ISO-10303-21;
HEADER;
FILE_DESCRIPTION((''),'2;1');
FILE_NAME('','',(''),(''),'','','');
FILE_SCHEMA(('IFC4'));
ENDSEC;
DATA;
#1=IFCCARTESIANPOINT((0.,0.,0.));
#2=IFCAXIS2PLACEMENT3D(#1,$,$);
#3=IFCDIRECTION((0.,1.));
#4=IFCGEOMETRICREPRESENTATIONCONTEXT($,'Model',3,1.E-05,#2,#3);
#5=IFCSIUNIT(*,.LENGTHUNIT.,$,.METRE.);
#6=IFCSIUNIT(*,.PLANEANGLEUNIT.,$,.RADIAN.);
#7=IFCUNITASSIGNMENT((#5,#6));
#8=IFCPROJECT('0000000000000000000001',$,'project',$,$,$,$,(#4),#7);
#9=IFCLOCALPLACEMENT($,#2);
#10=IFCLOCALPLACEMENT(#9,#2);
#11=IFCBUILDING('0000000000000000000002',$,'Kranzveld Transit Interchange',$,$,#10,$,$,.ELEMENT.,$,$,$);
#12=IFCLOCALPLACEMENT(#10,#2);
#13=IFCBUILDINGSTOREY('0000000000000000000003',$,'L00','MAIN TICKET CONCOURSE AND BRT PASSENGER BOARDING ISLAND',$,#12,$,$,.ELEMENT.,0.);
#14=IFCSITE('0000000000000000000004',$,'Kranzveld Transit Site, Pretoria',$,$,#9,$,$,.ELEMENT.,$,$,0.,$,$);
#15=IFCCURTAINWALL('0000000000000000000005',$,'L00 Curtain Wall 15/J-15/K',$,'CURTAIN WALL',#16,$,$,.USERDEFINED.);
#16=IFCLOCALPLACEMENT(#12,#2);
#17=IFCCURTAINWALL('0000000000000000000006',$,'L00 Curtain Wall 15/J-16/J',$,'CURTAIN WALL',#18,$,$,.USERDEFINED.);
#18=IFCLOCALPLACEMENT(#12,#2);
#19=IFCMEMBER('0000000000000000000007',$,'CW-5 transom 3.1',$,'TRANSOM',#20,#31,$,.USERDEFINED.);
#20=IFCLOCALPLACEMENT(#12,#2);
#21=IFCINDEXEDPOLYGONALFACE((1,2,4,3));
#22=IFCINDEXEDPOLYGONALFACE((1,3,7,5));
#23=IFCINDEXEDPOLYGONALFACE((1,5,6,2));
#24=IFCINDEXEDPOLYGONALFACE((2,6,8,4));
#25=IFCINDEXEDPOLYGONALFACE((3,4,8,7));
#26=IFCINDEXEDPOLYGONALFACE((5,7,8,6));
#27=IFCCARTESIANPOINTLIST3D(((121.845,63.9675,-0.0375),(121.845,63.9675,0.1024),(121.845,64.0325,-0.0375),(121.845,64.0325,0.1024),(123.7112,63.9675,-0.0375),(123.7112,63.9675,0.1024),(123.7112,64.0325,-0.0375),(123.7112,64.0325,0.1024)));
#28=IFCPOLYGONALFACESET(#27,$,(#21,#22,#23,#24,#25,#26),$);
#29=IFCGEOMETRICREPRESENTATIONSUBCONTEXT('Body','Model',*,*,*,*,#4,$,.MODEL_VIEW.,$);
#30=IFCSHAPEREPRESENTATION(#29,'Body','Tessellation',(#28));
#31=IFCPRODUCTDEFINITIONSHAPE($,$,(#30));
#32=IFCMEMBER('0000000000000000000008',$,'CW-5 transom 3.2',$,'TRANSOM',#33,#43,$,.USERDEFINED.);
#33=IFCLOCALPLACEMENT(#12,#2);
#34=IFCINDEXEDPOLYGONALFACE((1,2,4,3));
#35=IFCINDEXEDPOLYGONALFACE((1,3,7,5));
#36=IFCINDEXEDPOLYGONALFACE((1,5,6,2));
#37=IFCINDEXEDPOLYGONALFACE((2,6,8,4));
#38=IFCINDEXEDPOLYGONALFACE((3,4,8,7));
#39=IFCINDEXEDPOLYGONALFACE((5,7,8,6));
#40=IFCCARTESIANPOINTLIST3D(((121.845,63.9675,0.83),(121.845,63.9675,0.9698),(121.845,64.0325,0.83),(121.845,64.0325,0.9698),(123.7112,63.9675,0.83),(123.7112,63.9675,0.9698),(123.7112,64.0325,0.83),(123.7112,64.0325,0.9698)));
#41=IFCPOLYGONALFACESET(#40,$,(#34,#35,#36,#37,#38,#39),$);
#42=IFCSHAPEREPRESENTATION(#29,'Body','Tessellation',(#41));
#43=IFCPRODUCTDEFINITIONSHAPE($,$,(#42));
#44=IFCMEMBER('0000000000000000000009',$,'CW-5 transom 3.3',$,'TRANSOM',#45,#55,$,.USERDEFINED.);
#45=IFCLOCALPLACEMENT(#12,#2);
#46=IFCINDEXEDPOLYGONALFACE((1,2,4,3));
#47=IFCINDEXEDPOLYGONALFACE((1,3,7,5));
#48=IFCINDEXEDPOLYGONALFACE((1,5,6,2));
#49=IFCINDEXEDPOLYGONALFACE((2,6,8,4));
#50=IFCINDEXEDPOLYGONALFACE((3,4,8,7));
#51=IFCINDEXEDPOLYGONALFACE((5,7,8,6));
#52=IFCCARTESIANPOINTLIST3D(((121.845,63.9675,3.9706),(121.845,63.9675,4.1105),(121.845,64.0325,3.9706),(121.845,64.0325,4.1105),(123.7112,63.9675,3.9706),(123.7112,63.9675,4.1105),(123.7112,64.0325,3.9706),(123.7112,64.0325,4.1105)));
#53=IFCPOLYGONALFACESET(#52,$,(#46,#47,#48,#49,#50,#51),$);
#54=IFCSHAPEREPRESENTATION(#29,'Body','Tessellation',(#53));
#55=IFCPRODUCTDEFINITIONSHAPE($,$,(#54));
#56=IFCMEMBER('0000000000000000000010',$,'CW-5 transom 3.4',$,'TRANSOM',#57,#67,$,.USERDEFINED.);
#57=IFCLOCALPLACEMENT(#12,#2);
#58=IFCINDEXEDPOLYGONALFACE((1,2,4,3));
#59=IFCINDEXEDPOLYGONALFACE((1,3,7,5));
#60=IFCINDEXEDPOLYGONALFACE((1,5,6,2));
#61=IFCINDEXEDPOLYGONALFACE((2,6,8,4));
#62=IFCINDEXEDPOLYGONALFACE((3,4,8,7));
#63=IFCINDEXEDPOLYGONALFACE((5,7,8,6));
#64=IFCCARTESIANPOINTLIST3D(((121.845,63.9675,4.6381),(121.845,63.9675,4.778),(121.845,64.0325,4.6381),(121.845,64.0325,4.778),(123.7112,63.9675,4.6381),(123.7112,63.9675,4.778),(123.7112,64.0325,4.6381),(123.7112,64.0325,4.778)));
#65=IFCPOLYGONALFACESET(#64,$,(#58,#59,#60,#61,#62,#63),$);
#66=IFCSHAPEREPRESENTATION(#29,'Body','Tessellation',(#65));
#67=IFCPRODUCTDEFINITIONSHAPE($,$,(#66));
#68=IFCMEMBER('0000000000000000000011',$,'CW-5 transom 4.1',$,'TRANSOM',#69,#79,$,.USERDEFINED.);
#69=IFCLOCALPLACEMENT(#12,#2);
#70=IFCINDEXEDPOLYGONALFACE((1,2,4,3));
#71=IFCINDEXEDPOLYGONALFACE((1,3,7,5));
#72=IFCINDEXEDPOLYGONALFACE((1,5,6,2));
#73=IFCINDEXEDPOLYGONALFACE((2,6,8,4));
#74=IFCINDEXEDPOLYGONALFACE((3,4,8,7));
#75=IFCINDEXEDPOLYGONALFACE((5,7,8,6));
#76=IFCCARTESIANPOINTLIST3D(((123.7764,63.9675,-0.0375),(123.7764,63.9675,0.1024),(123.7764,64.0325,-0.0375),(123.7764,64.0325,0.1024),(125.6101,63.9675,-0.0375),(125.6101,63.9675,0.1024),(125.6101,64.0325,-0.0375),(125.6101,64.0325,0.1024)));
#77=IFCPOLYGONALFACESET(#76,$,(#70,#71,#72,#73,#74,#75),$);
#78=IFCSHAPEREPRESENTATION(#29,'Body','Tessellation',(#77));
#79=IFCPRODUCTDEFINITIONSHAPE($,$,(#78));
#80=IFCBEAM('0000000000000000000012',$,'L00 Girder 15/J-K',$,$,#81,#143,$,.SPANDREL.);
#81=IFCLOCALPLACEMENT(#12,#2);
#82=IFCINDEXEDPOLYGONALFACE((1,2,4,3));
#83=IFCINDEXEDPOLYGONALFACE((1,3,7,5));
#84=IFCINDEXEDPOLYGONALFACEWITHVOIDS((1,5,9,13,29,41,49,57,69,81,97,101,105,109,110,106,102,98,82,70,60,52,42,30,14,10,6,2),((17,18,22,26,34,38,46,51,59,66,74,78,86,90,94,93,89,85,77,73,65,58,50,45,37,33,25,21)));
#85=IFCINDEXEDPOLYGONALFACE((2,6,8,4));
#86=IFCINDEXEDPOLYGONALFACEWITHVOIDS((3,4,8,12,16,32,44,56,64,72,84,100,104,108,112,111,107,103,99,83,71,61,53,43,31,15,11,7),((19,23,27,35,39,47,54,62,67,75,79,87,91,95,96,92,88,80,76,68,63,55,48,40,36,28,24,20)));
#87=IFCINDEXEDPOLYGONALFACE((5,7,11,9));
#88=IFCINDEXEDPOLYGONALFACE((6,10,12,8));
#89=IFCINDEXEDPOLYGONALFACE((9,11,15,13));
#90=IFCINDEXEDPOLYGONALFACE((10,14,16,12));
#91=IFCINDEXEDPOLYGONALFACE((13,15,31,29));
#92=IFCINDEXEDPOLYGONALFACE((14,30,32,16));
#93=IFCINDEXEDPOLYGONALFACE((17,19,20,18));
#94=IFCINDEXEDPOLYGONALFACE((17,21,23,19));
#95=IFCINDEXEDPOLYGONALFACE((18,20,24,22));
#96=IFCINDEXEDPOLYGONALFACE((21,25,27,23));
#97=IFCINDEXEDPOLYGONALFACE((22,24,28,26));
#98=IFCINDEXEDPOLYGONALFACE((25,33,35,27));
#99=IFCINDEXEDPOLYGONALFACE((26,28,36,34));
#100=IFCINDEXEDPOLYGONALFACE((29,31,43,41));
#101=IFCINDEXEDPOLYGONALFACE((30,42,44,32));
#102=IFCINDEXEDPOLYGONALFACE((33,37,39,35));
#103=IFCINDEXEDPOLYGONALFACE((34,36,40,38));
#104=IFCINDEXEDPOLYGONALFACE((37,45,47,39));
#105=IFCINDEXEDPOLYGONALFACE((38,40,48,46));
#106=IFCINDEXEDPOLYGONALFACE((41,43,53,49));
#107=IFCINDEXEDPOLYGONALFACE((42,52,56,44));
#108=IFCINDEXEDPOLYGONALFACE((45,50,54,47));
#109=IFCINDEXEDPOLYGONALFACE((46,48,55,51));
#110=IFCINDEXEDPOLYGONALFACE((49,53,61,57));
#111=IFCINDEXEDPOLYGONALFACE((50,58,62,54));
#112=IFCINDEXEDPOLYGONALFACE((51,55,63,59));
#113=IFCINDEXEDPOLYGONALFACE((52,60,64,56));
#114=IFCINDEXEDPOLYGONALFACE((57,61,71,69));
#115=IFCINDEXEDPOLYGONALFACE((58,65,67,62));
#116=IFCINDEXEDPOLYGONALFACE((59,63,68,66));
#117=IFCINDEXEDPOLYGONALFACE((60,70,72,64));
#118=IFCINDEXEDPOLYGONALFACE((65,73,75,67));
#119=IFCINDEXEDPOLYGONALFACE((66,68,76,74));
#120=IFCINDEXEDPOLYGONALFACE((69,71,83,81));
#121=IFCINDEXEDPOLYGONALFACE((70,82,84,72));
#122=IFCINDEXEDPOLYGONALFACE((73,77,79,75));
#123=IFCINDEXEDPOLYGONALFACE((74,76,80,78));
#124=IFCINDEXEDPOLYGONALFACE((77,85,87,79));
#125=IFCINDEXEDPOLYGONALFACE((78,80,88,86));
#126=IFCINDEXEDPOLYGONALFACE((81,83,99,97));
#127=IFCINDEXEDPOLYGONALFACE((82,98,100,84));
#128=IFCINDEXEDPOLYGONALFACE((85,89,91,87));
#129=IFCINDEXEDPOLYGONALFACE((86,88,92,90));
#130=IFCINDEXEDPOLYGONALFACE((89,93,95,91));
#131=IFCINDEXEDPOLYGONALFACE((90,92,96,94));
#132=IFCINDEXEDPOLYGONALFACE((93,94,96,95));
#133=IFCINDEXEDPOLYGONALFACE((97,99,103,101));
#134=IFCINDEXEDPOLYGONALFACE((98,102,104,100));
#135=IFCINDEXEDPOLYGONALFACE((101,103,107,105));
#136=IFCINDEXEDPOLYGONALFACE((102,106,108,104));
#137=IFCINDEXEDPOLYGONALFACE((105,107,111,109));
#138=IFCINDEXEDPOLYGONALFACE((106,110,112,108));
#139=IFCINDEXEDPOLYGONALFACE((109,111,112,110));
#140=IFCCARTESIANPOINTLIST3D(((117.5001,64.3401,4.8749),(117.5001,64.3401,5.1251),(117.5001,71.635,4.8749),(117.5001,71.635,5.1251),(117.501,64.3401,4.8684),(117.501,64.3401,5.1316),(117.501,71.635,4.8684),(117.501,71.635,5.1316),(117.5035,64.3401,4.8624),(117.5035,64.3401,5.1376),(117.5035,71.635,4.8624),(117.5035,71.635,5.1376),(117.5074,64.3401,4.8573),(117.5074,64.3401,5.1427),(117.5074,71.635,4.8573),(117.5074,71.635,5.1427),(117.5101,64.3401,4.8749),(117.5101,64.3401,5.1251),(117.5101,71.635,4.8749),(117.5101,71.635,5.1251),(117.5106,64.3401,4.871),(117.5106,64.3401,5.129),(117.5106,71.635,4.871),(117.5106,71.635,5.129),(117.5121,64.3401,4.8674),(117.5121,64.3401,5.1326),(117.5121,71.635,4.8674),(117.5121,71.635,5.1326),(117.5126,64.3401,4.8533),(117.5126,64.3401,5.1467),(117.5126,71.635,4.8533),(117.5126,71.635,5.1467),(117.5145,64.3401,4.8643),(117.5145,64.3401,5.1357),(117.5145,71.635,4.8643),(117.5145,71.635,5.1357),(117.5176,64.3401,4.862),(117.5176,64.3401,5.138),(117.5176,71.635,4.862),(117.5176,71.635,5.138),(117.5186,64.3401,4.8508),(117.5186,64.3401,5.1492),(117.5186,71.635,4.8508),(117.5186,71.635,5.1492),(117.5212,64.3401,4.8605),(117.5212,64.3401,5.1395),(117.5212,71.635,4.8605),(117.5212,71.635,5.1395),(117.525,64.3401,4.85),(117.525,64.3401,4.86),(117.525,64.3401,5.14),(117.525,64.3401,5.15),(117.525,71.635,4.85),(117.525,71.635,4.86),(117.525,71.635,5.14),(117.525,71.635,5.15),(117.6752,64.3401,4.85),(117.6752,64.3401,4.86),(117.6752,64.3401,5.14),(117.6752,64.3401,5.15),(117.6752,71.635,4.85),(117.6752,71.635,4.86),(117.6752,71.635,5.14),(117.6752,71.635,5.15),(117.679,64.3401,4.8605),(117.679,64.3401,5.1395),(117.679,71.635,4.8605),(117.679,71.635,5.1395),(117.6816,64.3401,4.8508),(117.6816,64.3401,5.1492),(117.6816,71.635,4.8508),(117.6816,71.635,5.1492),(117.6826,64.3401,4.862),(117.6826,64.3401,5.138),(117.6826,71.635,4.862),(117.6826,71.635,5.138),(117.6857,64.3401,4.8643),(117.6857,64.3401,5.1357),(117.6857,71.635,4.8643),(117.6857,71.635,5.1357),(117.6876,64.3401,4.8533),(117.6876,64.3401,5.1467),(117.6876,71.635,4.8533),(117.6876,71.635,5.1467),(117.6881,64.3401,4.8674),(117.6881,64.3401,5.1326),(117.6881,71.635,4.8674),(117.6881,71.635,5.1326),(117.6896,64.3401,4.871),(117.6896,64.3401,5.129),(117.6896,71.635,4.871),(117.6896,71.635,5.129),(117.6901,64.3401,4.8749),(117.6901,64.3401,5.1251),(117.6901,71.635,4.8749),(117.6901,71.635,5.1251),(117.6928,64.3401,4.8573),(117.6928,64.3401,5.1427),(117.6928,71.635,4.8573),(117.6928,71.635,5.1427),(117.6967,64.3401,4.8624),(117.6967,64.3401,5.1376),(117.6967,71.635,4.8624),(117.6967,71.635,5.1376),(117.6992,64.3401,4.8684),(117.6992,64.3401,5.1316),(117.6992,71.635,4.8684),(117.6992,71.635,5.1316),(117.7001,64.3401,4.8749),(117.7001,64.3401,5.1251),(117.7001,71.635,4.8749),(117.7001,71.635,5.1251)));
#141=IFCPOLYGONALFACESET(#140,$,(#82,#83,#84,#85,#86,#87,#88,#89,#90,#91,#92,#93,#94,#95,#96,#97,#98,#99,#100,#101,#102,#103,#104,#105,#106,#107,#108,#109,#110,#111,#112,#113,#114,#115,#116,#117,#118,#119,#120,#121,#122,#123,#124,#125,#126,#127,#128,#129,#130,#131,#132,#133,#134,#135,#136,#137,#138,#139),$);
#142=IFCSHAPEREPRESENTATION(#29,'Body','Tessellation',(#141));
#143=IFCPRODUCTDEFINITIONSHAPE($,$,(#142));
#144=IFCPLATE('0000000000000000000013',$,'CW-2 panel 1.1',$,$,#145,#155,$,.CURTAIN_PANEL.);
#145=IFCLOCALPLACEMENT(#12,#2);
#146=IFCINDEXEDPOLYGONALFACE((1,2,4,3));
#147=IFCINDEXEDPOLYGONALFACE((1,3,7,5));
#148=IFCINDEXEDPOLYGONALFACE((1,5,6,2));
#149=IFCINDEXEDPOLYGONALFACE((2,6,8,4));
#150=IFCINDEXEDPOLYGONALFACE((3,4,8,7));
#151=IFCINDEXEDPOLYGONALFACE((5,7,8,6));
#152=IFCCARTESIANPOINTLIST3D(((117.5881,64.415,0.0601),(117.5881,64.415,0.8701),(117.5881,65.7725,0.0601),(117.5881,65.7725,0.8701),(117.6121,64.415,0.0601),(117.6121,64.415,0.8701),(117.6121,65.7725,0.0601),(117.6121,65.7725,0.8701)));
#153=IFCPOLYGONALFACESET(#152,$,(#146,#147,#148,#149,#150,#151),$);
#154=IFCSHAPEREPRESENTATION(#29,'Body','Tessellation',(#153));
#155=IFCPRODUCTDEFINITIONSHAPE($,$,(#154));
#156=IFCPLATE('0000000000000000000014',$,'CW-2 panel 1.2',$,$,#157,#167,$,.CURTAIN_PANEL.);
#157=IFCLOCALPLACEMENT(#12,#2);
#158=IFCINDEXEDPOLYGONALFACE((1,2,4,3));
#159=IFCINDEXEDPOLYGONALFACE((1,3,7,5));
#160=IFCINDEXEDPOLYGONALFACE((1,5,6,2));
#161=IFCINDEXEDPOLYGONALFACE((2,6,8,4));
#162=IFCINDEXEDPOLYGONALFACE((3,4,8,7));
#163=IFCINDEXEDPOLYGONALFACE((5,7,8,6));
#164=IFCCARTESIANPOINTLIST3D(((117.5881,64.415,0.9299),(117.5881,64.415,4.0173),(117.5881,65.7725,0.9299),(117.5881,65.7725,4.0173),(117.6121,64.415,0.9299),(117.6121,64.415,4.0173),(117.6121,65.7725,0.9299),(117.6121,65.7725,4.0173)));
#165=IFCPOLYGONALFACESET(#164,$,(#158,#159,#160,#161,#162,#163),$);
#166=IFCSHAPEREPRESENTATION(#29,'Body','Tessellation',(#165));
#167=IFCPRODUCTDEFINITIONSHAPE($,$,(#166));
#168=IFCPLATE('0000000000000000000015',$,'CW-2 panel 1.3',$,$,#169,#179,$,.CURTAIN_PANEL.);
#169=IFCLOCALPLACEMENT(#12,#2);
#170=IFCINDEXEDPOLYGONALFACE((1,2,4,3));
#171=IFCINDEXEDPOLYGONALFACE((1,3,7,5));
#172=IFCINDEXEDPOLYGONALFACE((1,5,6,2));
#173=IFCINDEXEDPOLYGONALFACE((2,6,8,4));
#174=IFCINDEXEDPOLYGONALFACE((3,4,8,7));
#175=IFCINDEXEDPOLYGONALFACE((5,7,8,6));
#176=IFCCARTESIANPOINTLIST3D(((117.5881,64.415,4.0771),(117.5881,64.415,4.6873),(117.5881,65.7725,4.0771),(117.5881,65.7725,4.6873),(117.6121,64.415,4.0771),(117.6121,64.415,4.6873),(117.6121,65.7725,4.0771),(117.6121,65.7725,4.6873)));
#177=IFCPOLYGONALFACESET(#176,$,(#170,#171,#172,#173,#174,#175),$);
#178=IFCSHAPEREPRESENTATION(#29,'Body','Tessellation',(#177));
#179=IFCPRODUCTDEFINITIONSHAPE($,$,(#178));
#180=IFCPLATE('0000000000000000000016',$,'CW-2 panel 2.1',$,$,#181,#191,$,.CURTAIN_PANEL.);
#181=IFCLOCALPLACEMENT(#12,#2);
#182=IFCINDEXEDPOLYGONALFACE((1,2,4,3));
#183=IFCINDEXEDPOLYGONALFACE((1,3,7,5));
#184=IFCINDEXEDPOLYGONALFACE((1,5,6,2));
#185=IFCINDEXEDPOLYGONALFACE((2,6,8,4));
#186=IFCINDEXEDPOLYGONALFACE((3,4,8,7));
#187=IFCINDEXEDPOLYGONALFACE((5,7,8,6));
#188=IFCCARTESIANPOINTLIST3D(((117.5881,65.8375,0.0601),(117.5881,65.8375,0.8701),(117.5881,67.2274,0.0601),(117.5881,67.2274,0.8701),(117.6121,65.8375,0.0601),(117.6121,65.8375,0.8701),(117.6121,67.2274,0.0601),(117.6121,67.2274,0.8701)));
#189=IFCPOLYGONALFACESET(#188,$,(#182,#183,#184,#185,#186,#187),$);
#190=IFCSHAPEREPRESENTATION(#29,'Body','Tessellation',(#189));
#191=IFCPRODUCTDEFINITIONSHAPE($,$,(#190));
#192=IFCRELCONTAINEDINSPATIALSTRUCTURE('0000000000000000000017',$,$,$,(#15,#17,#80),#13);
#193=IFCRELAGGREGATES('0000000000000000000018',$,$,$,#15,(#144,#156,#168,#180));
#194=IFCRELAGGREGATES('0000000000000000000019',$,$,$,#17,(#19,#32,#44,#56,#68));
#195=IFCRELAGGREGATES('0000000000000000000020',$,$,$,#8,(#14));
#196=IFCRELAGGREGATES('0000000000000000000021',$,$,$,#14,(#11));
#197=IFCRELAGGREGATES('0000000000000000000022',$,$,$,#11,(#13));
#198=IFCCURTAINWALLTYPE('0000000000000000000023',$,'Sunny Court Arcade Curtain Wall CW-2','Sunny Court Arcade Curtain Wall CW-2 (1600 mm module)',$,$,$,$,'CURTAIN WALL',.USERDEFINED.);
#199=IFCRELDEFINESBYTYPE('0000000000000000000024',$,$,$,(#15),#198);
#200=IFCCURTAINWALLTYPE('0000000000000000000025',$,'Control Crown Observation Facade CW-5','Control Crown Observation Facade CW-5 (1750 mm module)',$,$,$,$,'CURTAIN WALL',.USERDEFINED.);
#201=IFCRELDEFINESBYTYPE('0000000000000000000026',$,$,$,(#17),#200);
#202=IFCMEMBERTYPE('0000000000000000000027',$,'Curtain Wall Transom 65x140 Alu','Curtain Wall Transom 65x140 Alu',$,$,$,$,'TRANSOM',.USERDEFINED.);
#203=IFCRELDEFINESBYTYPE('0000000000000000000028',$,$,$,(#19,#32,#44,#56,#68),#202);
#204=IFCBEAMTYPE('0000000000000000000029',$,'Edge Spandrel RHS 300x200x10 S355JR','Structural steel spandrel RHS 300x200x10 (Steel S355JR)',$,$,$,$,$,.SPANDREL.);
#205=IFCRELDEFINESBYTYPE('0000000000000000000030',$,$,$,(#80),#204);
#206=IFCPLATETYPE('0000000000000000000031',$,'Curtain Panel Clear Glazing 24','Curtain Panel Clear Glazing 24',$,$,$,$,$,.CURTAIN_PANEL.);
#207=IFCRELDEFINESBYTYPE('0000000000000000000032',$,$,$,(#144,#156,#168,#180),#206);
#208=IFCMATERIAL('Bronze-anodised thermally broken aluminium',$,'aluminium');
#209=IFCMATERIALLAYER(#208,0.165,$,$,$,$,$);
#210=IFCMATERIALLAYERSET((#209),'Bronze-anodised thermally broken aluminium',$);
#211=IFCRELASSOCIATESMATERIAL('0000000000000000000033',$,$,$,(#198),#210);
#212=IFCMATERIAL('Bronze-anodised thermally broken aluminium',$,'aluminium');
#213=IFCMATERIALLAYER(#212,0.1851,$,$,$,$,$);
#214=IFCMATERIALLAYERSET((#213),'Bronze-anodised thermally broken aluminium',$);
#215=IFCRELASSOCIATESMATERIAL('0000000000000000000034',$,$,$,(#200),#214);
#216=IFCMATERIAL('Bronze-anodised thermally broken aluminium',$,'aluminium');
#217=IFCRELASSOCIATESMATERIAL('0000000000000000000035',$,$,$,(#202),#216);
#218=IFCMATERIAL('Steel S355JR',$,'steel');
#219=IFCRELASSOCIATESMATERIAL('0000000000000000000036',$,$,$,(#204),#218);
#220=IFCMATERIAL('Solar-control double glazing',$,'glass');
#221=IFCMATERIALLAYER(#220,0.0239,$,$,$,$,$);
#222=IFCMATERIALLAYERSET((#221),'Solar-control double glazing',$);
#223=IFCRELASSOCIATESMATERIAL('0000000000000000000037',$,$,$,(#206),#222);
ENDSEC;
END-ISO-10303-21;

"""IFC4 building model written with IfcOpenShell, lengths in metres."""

from ifc_helpers import new_model, si_unit, direction, frame, origin, origin_2d, place, context, subcontext, project, spatial, rectangle, hollow_rectangle, extrude, material, layer, layer_set, material_profile, profile_set, type_object, element, aggregate, save


model = new_model("IFC4")

# Units and contexts
model_context = context("Model", 3, precision=1e-05, world=origin(), true_north=direction((0.0, 1.0)))
body_context = subcontext(model_context, "Body", "Model", "MODEL_VIEW")
ifc_project = project(units=[si_unit("LENGTHUNIT", "METRE"), si_unit("PLANEANGLEUNIT", "RADIAN")], contexts=[model_context])

# Site, building, storey
site_placement = place(None, origin())
site = spatial("IfcSite", under=ifc_project, at=site_placement, Name="Kranzveld Transit Site, Pretoria", CompositionType="ELEMENT", RefElevation=0.0)
building_placement = place(site_placement, origin())
building = spatial("IfcBuilding", under=site, at=building_placement, Name="Kranzveld Transit Interchange", CompositionType="ELEMENT")
storey_placement = place(building_placement, origin())
storey = spatial("IfcBuildingStorey", under=building, at=storey_placement, Name="L00", Description="MAIN TICKET CONCOURSE AND BRT PASSENGER BOARDING ISLAND", CompositionType="ELEMENT", Elevation=0.0)

# Curtain walls
ifc_material_1 = material(Name="Bronze-anodised thermally broken aluminium", Category="aluminium")
ifc_layer_1 = layer(ifc_material_1, 0.165)
ifc_layer_set_1 = layer_set([ifc_layer_1], Name="Bronze-anodised thermally broken aluminium")
curtain_wall_type_1 = type_object("IfcCurtainWallType", Name="Sunny Court Arcade Curtain Wall CW-2", Description="Sunny Court Arcade Curtain Wall CW-2 (1600 mm module)", ElementType="CURTAIN WALL", PredefinedType="USERDEFINED", material=ifc_layer_set_1)
curtain_wall_1_placement = place(storey_placement, origin())
curtain_wall_1 = element("IfcCurtainWall", 1, at=curtain_wall_1_placement, inside=storey, type_object=curtain_wall_type_1, Name="L00 Curtain Wall 15/J-15/K", ObjectType="CURTAIN WALL", PredefinedType="USERDEFINED")
ifc_material_2 = material(Name="Bronze-anodised thermally broken aluminium", Category="aluminium")
ifc_layer_2 = layer(ifc_material_2, 0.1851)
ifc_layer_set_2 = layer_set([ifc_layer_2], Name="Bronze-anodised thermally broken aluminium")
curtain_wall_type_2 = type_object("IfcCurtainWallType", Name="Control Crown Observation Facade CW-5", Description="Control Crown Observation Facade CW-5 (1750 mm module)", ElementType="CURTAIN WALL", PredefinedType="USERDEFINED", material=ifc_layer_set_2)
curtain_wall_2_placement = place(storey_placement, origin())
curtain_wall_2 = element("IfcCurtainWall", 2, at=curtain_wall_2_placement, inside=storey, type_object=curtain_wall_type_2, Name="L00 Curtain Wall 15/J-16/J", ObjectType="CURTAIN WALL", PredefinedType="USERDEFINED")

# Members
ifc_material_3 = material(Name="Bronze-anodised thermally broken aluminium", Category="aluminium")
ifc_material_profile_1 = material_profile(ifc_material_3, rectangle(XDim=0.0649, YDim=0.1399, at=origin_2d()), Name="ALU TRANSOM 65x140")
ifc_profile_set_1 = profile_set([ifc_material_profile_1], Name="Bronze-anodised thermally broken aluminium")
member_type_1 = type_object("IfcMemberType", Name="Curtain Wall Transom 65x140 Alu", Description="Curtain Wall Transom 65x140 Alu", ElementType="TRANSOM", PredefinedType="USERDEFINED", material=ifc_profile_set_1)
member_1_placement = place(storey_placement, frame((121.845, 64.0, 0.0325), z_axis=(1.0, 0.0, 0.0), x_axis=(0.0, 1.0, 0.0)))
member_1 = element("IfcMember", 3, at=member_1_placement, type_object=member_type_1, Name="CW-5 transom 3.1", ObjectType="TRANSOM", PredefinedType="USERDEFINED", context=body_context, shape_type="SweptSolid", body=[
    extrude(rectangle(XDim=0.0649, YDim=0.1399, at=origin_2d()), origin(), (0.0, 0.0, 1.0), 1.8662),
])
member_2_placement = place(storey_placement, frame((121.845, 64.0, 0.8999), z_axis=(1.0, 0.0, 0.0), x_axis=(0.0, 1.0, 0.0)))
member_2 = element("IfcMember", 4, at=member_2_placement, type_object=member_type_1, Name="CW-5 transom 3.2", ObjectType="TRANSOM", PredefinedType="USERDEFINED", context=body_context, shape_type="SweptSolid", body=[
    extrude(rectangle(XDim=0.0649, YDim=0.1399, at=origin_2d()), origin(), (0.0, 0.0, 1.0), 1.8662),
])
member_3_placement = place(storey_placement, frame((121.845, 64.0, 4.0405), z_axis=(1.0, 0.0, 0.0), x_axis=(0.0, 1.0, 0.0)))
member_3 = element("IfcMember", 5, at=member_3_placement, type_object=member_type_1, Name="CW-5 transom 3.3", ObjectType="TRANSOM", PredefinedType="USERDEFINED", context=body_context, shape_type="SweptSolid", body=[
    extrude(rectangle(XDim=0.0649, YDim=0.1399, at=origin_2d()), origin(), (0.0, 0.0, 1.0), 1.8662),
])
member_4_placement = place(storey_placement, frame((121.845, 64.0, 4.708), z_axis=(1.0, 0.0, 0.0), x_axis=(0.0, 1.0, 0.0)))
member_4 = element("IfcMember", 6, at=member_4_placement, type_object=member_type_1, Name="CW-5 transom 3.4", ObjectType="TRANSOM", PredefinedType="USERDEFINED", context=body_context, shape_type="SweptSolid", body=[
    extrude(rectangle(XDim=0.0649, YDim=0.1399, at=origin_2d()), origin(), (0.0, 0.0, 1.0), 1.8662),
])
member_5_placement = place(storey_placement, frame((123.7764, 64.0, 0.0325), z_axis=(1.0, 0.0, 0.0), x_axis=(0.0, 1.0, 0.0)))
member_5 = element("IfcMember", 7, at=member_5_placement, type_object=member_type_1, Name="CW-5 transom 4.1", ObjectType="TRANSOM", PredefinedType="USERDEFINED", context=body_context, shape_type="SweptSolid", body=[
    extrude(rectangle(XDim=0.0649, YDim=0.1399, at=origin_2d()), origin(), (0.0, 0.0, 1.0), 1.8337),
])

# Beam
ifc_material_4 = material(Name="Steel S355JR", Category="steel")
ifc_material_profile_2 = material_profile(ifc_material_4, hollow_rectangle(XDim=0.2, YDim=0.3, WallThickness=0.01, InnerFilletRadius=0.0149, OuterFilletRadius=0.0249, at=origin_2d()), Name="RHS 300x200x10")
ifc_profile_set_2 = profile_set([ifc_material_profile_2], Name="Steel S355JR")
beam_type = type_object("IfcBeamType", Name="Edge Spandrel RHS 300x200x10 S355JR", Description="Structural steel spandrel RHS 300x200x10 (Steel S355JR)", PredefinedType="SPANDREL", material=ifc_profile_set_2)
beam_placement = place(storey_placement, frame((117.6001, 64.3401, 5.0), z_axis=(0.0, 1.0, 0.0), x_axis=(-1.0, 0.0, 0.0)))
element("IfcBeam", 8, at=beam_placement, inside=storey, type_object=beam_type, Name="L00 Girder 15/J-K", PredefinedType="SPANDREL", context=body_context, shape_type="SweptSolid", body=[
    extrude(hollow_rectangle(XDim=0.2, YDim=0.3, WallThickness=0.01, InnerFilletRadius=0.0149, OuterFilletRadius=0.0249, at=origin_2d()), origin(), (0.0, 0.0, 1.0), 7.2949),
])

# Plates
ifc_material_5 = material(Name="Solar-control double glazing", Category="glass")
ifc_layer_3 = layer(ifc_material_5, 0.0239)
ifc_layer_set_3 = layer_set([ifc_layer_3], Name="Solar-control double glazing")
plate_type_1 = type_object("IfcPlateType", Name="Curtain Panel Clear Glazing 24", Description="Curtain Panel Clear Glazing 24", PredefinedType="CURTAIN_PANEL", material=ifc_layer_set_3)
plate_1_placement = place(storey_placement, frame((117.6001, 65.0938, 0.0601), z_axis=(0.0, 0.0, 1.0), x_axis=(0.0, 1.0, 0.0)))
plate_1 = element("IfcPlate", 9, at=plate_1_placement, type_object=plate_type_1, Name="CW-2 panel 1.1", PredefinedType="CURTAIN_PANEL", context=body_context, shape_type="SweptSolid", body=[
    extrude(rectangle(XDim=1.3574, YDim=0.0239, at=origin_2d()), origin(), (0.0, 0.0, 1.0), 0.8101),
])
plate_2_placement = place(storey_placement, frame((117.6001, 65.0938, 0.9299), z_axis=(0.0, 0.0, 1.0), x_axis=(0.0, 1.0, 0.0)))
plate_2 = element("IfcPlate", 10, at=plate_2_placement, type_object=plate_type_1, Name="CW-2 panel 1.2", PredefinedType="CURTAIN_PANEL", context=body_context, shape_type="SweptSolid", body=[
    extrude(rectangle(XDim=1.3574, YDim=0.0239, at=origin_2d()), origin(), (0.0, 0.0, 1.0), 3.0874),
])
plate_3_placement = place(storey_placement, frame((117.6001, 65.0938, 4.0771), z_axis=(0.0, 0.0, 1.0), x_axis=(0.0, 1.0, 0.0)))
plate_3 = element("IfcPlate", 11, at=plate_3_placement, type_object=plate_type_1, Name="CW-2 panel 1.3", PredefinedType="CURTAIN_PANEL", context=body_context, shape_type="SweptSolid", body=[
    extrude(rectangle(XDim=1.3574, YDim=0.0239, at=origin_2d()), origin(), (0.0, 0.0, 1.0), 0.6101),
])
plate_4_placement = place(storey_placement, frame((117.6001, 66.5325, 0.0601), z_axis=(0.0, 0.0, 1.0), x_axis=(0.0, 1.0, 0.0)))
plate_4 = element("IfcPlate", 12, at=plate_4_placement, type_object=plate_type_1, Name="CW-2 panel 2.1", PredefinedType="CURTAIN_PANEL", context=body_context, shape_type="SweptSolid", body=[
    extrude(rectangle(XDim=1.3899, YDim=0.0239, at=origin_2d()), origin(), (0.0, 0.0, 1.0), 0.8101),
])
aggregate(curtain_wall_1, [plate_1, plate_2, plate_3, plate_4])
aggregate(curtain_wall_2, [member_1, member_2, member_3, member_4, member_5])

save(model, "model.ifc")
